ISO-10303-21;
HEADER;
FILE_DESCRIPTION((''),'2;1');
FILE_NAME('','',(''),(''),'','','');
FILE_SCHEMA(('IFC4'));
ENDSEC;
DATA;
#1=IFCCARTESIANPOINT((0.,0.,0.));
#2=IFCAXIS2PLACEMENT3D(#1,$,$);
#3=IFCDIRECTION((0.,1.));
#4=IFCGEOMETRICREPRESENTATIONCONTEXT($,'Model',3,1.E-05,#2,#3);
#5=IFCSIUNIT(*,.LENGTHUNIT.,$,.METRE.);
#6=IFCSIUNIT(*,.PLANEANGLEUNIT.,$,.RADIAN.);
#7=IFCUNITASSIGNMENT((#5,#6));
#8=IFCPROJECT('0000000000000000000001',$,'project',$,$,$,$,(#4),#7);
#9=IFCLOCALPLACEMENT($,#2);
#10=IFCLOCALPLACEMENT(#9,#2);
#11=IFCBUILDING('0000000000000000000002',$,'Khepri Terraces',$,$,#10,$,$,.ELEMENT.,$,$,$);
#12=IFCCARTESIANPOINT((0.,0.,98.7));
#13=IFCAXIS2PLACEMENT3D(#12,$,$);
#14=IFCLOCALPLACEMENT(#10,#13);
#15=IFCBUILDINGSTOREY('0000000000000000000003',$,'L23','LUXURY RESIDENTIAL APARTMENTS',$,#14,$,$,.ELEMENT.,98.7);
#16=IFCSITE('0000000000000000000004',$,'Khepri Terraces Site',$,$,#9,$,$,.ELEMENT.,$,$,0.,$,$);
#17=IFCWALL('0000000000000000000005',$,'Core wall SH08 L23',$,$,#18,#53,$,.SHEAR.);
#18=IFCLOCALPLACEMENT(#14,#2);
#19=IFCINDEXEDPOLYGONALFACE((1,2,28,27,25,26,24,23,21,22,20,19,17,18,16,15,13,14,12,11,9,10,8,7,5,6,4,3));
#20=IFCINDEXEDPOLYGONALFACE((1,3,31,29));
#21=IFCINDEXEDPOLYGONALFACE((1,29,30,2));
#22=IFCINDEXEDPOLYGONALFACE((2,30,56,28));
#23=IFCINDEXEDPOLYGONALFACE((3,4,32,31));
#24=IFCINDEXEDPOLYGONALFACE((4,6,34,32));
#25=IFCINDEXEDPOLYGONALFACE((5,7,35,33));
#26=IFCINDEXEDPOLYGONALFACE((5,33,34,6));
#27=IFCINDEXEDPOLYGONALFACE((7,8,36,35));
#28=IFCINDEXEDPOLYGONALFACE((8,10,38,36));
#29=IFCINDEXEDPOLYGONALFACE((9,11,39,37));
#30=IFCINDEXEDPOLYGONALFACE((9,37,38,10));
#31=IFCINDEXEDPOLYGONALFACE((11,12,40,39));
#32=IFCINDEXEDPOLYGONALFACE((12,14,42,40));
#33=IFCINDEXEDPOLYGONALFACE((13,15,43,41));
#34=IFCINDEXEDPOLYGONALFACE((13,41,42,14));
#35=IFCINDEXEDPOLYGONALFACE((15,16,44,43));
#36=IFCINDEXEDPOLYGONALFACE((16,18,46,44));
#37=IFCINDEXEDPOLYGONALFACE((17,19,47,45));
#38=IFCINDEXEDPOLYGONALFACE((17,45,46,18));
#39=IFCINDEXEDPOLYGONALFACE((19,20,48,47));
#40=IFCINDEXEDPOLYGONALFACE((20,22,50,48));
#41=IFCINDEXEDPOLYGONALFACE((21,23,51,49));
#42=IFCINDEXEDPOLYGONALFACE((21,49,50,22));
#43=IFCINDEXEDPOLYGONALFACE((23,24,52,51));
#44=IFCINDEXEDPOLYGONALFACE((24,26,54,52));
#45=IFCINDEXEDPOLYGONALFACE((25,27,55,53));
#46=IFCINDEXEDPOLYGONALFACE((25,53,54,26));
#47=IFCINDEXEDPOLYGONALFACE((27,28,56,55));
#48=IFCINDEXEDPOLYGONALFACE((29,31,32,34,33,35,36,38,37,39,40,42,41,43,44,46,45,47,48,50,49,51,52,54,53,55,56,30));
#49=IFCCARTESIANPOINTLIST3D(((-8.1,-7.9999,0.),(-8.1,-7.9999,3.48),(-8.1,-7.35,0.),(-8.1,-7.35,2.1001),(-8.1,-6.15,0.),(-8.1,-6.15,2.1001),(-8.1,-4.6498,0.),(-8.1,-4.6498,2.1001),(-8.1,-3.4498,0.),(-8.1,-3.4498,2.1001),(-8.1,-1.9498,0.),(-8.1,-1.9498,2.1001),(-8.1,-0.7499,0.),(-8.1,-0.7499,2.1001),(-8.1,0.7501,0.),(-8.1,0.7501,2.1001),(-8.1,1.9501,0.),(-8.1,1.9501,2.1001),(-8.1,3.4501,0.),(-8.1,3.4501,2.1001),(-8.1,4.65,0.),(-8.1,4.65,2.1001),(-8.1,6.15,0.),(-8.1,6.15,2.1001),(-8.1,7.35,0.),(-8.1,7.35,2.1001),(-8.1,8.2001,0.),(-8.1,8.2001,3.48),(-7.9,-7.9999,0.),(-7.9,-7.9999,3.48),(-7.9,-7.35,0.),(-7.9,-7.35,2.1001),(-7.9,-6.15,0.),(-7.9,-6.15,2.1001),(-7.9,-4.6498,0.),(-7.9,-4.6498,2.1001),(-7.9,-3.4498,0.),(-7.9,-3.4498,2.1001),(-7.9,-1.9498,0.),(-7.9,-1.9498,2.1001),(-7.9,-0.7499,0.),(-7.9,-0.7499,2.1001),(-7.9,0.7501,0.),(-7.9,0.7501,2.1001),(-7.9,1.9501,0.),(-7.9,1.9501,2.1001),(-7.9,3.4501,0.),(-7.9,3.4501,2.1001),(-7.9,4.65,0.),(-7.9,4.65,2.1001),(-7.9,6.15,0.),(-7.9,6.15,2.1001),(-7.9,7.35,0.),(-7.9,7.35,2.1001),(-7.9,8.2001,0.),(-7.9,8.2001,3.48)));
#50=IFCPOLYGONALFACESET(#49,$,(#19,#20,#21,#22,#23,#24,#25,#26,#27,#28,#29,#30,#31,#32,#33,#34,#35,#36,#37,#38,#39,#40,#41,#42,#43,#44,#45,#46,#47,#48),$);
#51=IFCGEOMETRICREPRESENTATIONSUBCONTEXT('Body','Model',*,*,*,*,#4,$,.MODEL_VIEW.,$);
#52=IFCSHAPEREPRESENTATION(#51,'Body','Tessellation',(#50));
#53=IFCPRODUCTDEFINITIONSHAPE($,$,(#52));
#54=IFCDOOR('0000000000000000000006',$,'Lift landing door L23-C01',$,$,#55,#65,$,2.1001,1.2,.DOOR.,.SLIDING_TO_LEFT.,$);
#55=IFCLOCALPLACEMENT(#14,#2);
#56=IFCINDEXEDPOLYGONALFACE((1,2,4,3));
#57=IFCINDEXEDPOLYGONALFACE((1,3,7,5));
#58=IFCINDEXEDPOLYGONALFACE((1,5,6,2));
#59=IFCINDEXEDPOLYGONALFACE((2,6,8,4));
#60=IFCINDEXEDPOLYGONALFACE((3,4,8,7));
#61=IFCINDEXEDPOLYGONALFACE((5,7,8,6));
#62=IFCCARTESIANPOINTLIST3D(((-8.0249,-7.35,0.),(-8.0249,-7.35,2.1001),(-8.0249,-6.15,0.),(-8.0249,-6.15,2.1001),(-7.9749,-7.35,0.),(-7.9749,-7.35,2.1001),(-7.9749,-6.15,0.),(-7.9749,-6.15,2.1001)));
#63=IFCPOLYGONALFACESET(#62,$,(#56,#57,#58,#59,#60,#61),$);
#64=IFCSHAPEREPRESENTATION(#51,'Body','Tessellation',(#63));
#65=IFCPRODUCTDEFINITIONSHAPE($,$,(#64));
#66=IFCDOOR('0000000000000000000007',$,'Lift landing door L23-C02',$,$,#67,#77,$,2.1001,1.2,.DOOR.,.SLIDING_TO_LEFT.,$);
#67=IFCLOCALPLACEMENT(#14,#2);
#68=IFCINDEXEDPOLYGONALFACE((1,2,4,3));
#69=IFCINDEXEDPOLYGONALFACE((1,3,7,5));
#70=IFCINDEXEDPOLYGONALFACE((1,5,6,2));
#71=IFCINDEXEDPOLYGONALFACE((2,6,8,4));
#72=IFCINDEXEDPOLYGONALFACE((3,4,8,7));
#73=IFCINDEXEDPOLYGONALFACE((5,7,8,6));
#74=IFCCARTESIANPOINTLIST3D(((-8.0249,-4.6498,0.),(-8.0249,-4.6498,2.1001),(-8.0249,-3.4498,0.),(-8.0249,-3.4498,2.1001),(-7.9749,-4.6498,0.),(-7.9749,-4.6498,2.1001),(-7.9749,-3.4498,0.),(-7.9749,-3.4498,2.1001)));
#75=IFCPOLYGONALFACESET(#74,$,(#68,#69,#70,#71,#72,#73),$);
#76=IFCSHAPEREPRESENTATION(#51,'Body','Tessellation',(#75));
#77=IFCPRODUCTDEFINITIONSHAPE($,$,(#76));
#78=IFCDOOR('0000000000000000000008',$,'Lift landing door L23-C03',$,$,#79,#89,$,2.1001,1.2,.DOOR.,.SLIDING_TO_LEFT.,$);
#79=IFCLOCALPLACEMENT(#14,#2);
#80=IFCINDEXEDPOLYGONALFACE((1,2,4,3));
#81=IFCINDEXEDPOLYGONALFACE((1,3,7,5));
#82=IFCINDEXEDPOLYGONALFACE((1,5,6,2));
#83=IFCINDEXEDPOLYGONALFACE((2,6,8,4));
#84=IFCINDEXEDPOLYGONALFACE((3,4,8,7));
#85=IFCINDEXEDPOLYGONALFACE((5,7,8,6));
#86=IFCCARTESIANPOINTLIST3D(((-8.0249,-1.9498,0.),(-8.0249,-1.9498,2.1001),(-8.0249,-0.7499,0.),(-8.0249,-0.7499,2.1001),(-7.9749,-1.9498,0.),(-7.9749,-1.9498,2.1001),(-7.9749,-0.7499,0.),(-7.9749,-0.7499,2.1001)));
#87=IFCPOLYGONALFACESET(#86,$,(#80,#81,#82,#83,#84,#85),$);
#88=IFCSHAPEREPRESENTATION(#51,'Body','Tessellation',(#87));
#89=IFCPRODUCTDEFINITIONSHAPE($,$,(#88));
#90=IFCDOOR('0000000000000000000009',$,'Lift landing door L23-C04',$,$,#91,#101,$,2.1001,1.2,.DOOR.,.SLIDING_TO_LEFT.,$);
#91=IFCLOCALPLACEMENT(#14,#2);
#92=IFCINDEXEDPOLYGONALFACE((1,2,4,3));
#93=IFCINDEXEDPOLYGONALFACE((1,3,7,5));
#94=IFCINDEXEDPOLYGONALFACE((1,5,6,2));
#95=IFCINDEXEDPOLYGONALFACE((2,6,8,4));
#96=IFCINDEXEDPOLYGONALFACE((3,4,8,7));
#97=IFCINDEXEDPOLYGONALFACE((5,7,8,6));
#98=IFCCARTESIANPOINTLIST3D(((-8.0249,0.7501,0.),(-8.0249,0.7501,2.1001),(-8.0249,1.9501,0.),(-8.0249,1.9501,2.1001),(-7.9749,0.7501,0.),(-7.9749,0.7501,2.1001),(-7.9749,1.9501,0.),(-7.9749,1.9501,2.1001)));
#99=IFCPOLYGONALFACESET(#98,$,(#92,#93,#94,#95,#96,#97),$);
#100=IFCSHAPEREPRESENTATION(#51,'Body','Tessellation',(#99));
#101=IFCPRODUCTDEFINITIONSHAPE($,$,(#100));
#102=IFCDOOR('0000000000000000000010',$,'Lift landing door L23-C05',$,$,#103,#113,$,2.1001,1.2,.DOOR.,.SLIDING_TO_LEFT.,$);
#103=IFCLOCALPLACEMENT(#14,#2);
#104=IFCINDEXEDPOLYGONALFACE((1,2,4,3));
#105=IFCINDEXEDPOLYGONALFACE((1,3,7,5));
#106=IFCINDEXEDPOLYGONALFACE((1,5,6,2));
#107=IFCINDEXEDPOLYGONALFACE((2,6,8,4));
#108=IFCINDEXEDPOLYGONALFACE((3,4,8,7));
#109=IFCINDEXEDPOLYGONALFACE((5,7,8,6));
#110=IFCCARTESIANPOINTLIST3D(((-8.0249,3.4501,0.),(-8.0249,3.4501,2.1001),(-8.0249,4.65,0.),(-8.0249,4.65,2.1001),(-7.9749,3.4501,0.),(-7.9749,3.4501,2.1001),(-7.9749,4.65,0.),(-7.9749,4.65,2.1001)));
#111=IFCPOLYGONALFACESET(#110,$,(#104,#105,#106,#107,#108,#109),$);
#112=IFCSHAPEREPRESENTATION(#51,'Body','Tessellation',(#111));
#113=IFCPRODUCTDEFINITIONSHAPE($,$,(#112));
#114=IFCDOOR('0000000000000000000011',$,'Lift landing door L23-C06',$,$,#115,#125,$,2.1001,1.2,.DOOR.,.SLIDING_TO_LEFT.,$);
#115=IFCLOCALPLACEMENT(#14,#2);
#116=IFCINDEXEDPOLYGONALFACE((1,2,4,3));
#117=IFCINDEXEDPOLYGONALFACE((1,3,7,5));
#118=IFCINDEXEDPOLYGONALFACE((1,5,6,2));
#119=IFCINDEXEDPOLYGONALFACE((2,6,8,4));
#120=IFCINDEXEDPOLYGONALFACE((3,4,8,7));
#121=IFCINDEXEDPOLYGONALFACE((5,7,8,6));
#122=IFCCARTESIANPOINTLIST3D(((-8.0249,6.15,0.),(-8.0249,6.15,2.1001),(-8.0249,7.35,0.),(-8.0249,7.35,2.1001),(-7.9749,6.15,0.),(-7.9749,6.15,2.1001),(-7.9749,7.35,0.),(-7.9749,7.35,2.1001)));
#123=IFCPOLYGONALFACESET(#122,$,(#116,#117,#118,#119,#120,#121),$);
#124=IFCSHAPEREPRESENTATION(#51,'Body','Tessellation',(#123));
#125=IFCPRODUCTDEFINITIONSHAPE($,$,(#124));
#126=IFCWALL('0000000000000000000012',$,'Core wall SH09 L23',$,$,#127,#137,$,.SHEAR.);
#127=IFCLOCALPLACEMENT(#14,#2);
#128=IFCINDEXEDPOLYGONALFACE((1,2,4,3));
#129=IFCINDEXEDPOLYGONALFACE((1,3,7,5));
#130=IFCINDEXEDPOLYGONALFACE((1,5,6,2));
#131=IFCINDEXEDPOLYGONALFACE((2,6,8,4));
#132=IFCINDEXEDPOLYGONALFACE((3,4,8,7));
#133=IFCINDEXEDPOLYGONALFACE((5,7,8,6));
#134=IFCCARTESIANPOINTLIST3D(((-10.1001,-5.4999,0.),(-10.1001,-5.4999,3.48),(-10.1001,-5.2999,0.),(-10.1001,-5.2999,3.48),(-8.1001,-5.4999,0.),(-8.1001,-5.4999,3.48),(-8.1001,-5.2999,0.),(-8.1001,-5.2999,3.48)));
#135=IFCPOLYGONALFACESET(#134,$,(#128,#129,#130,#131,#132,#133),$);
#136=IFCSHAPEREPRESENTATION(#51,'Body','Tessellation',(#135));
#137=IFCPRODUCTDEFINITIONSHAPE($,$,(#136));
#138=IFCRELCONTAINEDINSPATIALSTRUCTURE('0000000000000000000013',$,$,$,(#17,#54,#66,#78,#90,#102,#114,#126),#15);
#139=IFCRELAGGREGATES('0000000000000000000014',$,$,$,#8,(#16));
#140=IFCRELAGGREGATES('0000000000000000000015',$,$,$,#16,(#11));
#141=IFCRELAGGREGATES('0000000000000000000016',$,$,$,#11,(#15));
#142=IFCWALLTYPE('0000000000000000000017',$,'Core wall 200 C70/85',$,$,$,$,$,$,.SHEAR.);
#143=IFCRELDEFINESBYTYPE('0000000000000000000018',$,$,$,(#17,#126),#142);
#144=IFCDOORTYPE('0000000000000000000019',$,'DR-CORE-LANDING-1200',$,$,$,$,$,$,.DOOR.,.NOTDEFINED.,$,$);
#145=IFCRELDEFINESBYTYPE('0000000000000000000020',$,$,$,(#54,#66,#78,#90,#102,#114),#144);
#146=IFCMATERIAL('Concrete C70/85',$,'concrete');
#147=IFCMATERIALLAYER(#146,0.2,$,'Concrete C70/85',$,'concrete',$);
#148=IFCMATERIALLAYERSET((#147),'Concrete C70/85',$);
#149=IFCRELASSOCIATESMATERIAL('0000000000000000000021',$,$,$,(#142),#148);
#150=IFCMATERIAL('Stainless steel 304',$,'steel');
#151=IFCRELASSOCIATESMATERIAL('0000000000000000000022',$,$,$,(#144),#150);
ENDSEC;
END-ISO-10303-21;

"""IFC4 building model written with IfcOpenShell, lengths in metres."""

from ifc_helpers import new_model, si_unit, direction, frame, frame_2d, origin, place, context, subcontext, project, spatial, rectangle, extrude, material, layer, layer_set, type_object, element, fill, save


model = new_model("IFC4")

# Units and contexts
model_context = context("Model", 3, precision=1e-05, world=origin(), true_north=direction((0.0, 1.0)))
body_context = subcontext(model_context, "Body", "Model", "MODEL_VIEW")
ifc_project = project(units=[si_unit("LENGTHUNIT", "METRE"), si_unit("PLANEANGLEUNIT", "RADIAN")], contexts=[model_context])

# Site, building, storey
site_placement = place(None, origin())
site = spatial("IfcSite", under=ifc_project, at=site_placement, Name="Khepri Terraces Site", CompositionType="ELEMENT", RefElevation=0.0)
building_placement = place(site_placement, origin())
building = spatial("IfcBuilding", under=site, at=building_placement, Name="Khepri Terraces", CompositionType="ELEMENT")
storey_placement = place(building_placement, frame((0.0, 0.0, 98.7)))
storey = spatial("IfcBuildingStorey", under=building, at=storey_placement, Name="L23", Description="LUXURY RESIDENTIAL APARTMENTS", CompositionType="ELEMENT", Elevation=98.7)

# Shared definitions
ifc_material_1 = material(Name="Concrete C70/85", Category="concrete")
ifc_layer_1 = layer(ifc_material_1, 0.2, Name="Concrete C70/85", Category="concrete")
ifc_layer_set_1 = layer_set([ifc_layer_1], Name="Concrete C70/85")
wall_type_1 = type_object("IfcWallType", Name="Core wall 200 C70/85", PredefinedType="SHEAR", material=ifc_layer_set_1)

# Wall, openings, doors
wall_1_placement = place(storey_placement, frame((-8.0, -8.0, 0.0), z_axis=(0.0, 0.0, 1.0), x_axis=(0.0, 1.0, 0.0)))
wall_1 = element("IfcWall", 1, at=wall_1_placement, inside=storey, type_object=wall_type_1, Name="Core wall SH08 L23", PredefinedType="SHEAR", context=body_context, shape_type="SweptSolid", body=[
    extrude(rectangle(XDim=16.2, YDim=0.2, at=frame_2d((8.1001, 0.0))), origin(), (0.0, 0.0, 1.0), 3.48),
])
opening_1_placement = place(wall_1_placement, frame((0.6499, 0.0, 0.0)))
opening_1 = element("IfcOpeningElement", 2, at=opening_1_placement, cuts=wall_1, PredefinedType="OPENING", context=body_context, shape_type="SweptSolid", body=[
    extrude(rectangle(XDim=1.2, YDim=2.1001, at=frame_2d((0.6001, 1.05))), frame((0.0, 0.1099, 0.0), z_axis=(0.0, -1.0, 0.0), x_axis=(1.0, 0.0, 0.0)), (0.0, 0.0, 1.0), 0.22),
])
opening_2_placement = place(wall_1_placement, frame((3.3501, 0.0, 0.0)))
opening_2 = element("IfcOpeningElement", 3, at=opening_2_placement, cuts=wall_1, PredefinedType="OPENING", context=body_context, shape_type="SweptSolid", body=[
    extrude(rectangle(XDim=1.2, YDim=2.1001, at=frame_2d((0.6001, 1.05))), frame((0.0, 0.1099, 0.0), z_axis=(0.0, -1.0, 0.0), x_axis=(1.0, 0.0, 0.0)), (0.0, 0.0, 1.0), 0.22),
])
opening_3_placement = place(wall_1_placement, frame((6.05, 0.0, 0.0)))
opening_3 = element("IfcOpeningElement", 4, at=opening_3_placement, cuts=wall_1, PredefinedType="OPENING", context=body_context, shape_type="SweptSolid", body=[
    extrude(rectangle(XDim=1.2, YDim=2.1001, at=frame_2d((0.6001, 1.05))), frame((0.0, 0.1099, 0.0), z_axis=(0.0, -1.0, 0.0), x_axis=(1.0, 0.0, 0.0)), (0.0, 0.0, 1.0), 0.22),
])
opening_4_placement = place(wall_1_placement, frame((8.75, 0.0, 0.0)))
opening_4 = element("IfcOpeningElement", 5, at=opening_4_placement, cuts=wall_1, PredefinedType="OPENING", context=body_context, shape_type="SweptSolid", body=[
    extrude(rectangle(XDim=1.2, YDim=2.1001, at=frame_2d((0.6001, 1.05))), frame((0.0, 0.1099, 0.0), z_axis=(0.0, -1.0, 0.0), x_axis=(1.0, 0.0, 0.0)), (0.0, 0.0, 1.0), 0.22),
])
opening_5_placement = place(wall_1_placement, frame((11.45, 0.0, 0.0)))
opening_5 = element("IfcOpeningElement", 6, at=opening_5_placement, cuts=wall_1, PredefinedType="OPENING", context=body_context, shape_type="SweptSolid", body=[
    extrude(rectangle(XDim=1.2, YDim=2.1001, at=frame_2d((0.6001, 1.05))), frame((0.0, 0.1099, 0.0), z_axis=(0.0, -1.0, 0.0), x_axis=(1.0, 0.0, 0.0)), (0.0, 0.0, 1.0), 0.22),
])
opening_6_placement = place(wall_1_placement, frame((14.1499, 0.0, 0.0)))
opening_6 = element("IfcOpeningElement", 7, at=opening_6_placement, cuts=wall_1, PredefinedType="OPENING", context=body_context, shape_type="SweptSolid", body=[
    extrude(rectangle(XDim=1.2, YDim=2.1001, at=frame_2d((0.6001, 1.05))), frame((0.0, 0.1099, 0.0), z_axis=(0.0, -1.0, 0.0), x_axis=(1.0, 0.0, 0.0)), (0.0, 0.0, 1.0), 0.22),
])
ifc_material_2 = material(Name="Stainless steel 304", Category="steel")
door_type_1 = type_object("IfcDoorType", Name="DR-CORE-LANDING-1200", OperationType="NOTDEFINED", PredefinedType="DOOR", material=ifc_material_2)
door_1_placement = place(opening_1_placement, origin())
door_1 = element("IfcDoor", 8, at=door_1_placement, inside=storey, type_object=door_type_1, Name="Lift landing door L23-C01", OperationType="SLIDING_TO_LEFT", OverallHeight=2.1001, OverallWidth=1.2, PredefinedType="DOOR", context=body_context, shape_type="SweptSolid", body=[
    extrude(rectangle(XDim=1.2, YDim=2.1001, at=frame_2d((0.6001, 1.05))), frame((0.0, 0.0249, 0.0), z_axis=(0.0, -1.0, 0.0), x_axis=(1.0, 0.0, 0.0)), (0.0, 0.0, 1.0), 0.05),
])
fill(opening_1, door_1)
door_2_placement = place(opening_2_placement, origin())
door_2 = element("IfcDoor", 9, at=door_2_placement, inside=storey, type_object=door_type_1, Name="Lift landing door L23-C02", OperationType="SLIDING_TO_LEFT", OverallHeight=2.1001, OverallWidth=1.2, PredefinedType="DOOR", context=body_context, shape_type="SweptSolid", body=[
    extrude(rectangle(XDim=1.2, YDim=2.1001, at=frame_2d((0.6001, 1.05))), frame((0.0, 0.0249, 0.0), z_axis=(0.0, -1.0, 0.0), x_axis=(1.0, 0.0, 0.0)), (0.0, 0.0, 1.0), 0.05),
])
fill(opening_2, door_2)
door_3_placement = place(opening_3_placement, origin())
door_3 = element("IfcDoor", 10, at=door_3_placement, inside=storey, type_object=door_type_1, Name="Lift landing door L23-C03", OperationType="SLIDING_TO_LEFT", OverallHeight=2.1001, OverallWidth=1.2, PredefinedType="DOOR", context=body_context, shape_type="SweptSolid", body=[
    extrude(rectangle(XDim=1.2, YDim=2.1001, at=frame_2d((0.6001, 1.05))), frame((0.0, 0.0249, 0.0), z_axis=(0.0, -1.0, 0.0), x_axis=(1.0, 0.0, 0.0)), (0.0, 0.0, 1.0), 0.05),
])
fill(opening_3, door_3)
door_4_placement = place(opening_4_placement, origin())
door_4 = element("IfcDoor", 11, at=door_4_placement, inside=storey, type_object=door_type_1, Name="Lift landing door L23-C04", OperationType="SLIDING_TO_LEFT", OverallHeight=2.1001, OverallWidth=1.2, PredefinedType="DOOR", context=body_context, shape_type="SweptSolid", body=[
    extrude(rectangle(XDim=1.2, YDim=2.1001, at=frame_2d((0.6001, 1.05))), frame((0.0, 0.0249, 0.0), z_axis=(0.0, -1.0, 0.0), x_axis=(1.0, 0.0, 0.0)), (0.0, 0.0, 1.0), 0.05),
])
fill(opening_4, door_4)
door_5_placement = place(opening_5_placement, origin())
door_5 = element("IfcDoor", 12, at=door_5_placement, inside=storey, type_object=door_type_1, Name="Lift landing door L23-C05", OperationType="SLIDING_TO_LEFT", OverallHeight=2.1001, OverallWidth=1.2, PredefinedType="DOOR", context=body_context, shape_type="SweptSolid", body=[
    extrude(rectangle(XDim=1.2, YDim=2.1001, at=frame_2d((0.6001, 1.05))), frame((0.0, 0.0249, 0.0), z_axis=(0.0, -1.0, 0.0), x_axis=(1.0, 0.0, 0.0)), (0.0, 0.0, 1.0), 0.05),
])
fill(opening_5, door_5)
door_6_placement = place(opening_6_placement, origin())
door_6 = element("IfcDoor", 13, at=door_6_placement, inside=storey, type_object=door_type_1, Name="Lift landing door L23-C06", OperationType="SLIDING_TO_LEFT", OverallHeight=2.1001, OverallWidth=1.2, PredefinedType="DOOR", context=body_context, shape_type="SweptSolid", body=[
    extrude(rectangle(XDim=1.2, YDim=2.1001, at=frame_2d((0.6001, 1.05))), frame((0.0, 0.0249, 0.0), z_axis=(0.0, -1.0, 0.0), x_axis=(1.0, 0.0, 0.0)), (0.0, 0.0, 1.0), 0.05),
])
fill(opening_6, door_6)

# Wall
wall_2_placement = place(storey_placement, frame((-10.1001, -5.3999, 0.0), z_axis=(0.0, 0.0, 1.0), x_axis=(1.0, 0.0, 0.0)))
element("IfcWall", 14, at=wall_2_placement, inside=storey, type_object=wall_type_1, Name="Core wall SH09 L23", PredefinedType="SHEAR", context=body_context, shape_type="SweptSolid", body=[
    extrude(rectangle(XDim=2.0, YDim=0.2, at=frame_2d((1.0, 0.0))), origin(), (0.0, 0.0, 1.0), 3.48),
])

save(model, "model.ifc")
